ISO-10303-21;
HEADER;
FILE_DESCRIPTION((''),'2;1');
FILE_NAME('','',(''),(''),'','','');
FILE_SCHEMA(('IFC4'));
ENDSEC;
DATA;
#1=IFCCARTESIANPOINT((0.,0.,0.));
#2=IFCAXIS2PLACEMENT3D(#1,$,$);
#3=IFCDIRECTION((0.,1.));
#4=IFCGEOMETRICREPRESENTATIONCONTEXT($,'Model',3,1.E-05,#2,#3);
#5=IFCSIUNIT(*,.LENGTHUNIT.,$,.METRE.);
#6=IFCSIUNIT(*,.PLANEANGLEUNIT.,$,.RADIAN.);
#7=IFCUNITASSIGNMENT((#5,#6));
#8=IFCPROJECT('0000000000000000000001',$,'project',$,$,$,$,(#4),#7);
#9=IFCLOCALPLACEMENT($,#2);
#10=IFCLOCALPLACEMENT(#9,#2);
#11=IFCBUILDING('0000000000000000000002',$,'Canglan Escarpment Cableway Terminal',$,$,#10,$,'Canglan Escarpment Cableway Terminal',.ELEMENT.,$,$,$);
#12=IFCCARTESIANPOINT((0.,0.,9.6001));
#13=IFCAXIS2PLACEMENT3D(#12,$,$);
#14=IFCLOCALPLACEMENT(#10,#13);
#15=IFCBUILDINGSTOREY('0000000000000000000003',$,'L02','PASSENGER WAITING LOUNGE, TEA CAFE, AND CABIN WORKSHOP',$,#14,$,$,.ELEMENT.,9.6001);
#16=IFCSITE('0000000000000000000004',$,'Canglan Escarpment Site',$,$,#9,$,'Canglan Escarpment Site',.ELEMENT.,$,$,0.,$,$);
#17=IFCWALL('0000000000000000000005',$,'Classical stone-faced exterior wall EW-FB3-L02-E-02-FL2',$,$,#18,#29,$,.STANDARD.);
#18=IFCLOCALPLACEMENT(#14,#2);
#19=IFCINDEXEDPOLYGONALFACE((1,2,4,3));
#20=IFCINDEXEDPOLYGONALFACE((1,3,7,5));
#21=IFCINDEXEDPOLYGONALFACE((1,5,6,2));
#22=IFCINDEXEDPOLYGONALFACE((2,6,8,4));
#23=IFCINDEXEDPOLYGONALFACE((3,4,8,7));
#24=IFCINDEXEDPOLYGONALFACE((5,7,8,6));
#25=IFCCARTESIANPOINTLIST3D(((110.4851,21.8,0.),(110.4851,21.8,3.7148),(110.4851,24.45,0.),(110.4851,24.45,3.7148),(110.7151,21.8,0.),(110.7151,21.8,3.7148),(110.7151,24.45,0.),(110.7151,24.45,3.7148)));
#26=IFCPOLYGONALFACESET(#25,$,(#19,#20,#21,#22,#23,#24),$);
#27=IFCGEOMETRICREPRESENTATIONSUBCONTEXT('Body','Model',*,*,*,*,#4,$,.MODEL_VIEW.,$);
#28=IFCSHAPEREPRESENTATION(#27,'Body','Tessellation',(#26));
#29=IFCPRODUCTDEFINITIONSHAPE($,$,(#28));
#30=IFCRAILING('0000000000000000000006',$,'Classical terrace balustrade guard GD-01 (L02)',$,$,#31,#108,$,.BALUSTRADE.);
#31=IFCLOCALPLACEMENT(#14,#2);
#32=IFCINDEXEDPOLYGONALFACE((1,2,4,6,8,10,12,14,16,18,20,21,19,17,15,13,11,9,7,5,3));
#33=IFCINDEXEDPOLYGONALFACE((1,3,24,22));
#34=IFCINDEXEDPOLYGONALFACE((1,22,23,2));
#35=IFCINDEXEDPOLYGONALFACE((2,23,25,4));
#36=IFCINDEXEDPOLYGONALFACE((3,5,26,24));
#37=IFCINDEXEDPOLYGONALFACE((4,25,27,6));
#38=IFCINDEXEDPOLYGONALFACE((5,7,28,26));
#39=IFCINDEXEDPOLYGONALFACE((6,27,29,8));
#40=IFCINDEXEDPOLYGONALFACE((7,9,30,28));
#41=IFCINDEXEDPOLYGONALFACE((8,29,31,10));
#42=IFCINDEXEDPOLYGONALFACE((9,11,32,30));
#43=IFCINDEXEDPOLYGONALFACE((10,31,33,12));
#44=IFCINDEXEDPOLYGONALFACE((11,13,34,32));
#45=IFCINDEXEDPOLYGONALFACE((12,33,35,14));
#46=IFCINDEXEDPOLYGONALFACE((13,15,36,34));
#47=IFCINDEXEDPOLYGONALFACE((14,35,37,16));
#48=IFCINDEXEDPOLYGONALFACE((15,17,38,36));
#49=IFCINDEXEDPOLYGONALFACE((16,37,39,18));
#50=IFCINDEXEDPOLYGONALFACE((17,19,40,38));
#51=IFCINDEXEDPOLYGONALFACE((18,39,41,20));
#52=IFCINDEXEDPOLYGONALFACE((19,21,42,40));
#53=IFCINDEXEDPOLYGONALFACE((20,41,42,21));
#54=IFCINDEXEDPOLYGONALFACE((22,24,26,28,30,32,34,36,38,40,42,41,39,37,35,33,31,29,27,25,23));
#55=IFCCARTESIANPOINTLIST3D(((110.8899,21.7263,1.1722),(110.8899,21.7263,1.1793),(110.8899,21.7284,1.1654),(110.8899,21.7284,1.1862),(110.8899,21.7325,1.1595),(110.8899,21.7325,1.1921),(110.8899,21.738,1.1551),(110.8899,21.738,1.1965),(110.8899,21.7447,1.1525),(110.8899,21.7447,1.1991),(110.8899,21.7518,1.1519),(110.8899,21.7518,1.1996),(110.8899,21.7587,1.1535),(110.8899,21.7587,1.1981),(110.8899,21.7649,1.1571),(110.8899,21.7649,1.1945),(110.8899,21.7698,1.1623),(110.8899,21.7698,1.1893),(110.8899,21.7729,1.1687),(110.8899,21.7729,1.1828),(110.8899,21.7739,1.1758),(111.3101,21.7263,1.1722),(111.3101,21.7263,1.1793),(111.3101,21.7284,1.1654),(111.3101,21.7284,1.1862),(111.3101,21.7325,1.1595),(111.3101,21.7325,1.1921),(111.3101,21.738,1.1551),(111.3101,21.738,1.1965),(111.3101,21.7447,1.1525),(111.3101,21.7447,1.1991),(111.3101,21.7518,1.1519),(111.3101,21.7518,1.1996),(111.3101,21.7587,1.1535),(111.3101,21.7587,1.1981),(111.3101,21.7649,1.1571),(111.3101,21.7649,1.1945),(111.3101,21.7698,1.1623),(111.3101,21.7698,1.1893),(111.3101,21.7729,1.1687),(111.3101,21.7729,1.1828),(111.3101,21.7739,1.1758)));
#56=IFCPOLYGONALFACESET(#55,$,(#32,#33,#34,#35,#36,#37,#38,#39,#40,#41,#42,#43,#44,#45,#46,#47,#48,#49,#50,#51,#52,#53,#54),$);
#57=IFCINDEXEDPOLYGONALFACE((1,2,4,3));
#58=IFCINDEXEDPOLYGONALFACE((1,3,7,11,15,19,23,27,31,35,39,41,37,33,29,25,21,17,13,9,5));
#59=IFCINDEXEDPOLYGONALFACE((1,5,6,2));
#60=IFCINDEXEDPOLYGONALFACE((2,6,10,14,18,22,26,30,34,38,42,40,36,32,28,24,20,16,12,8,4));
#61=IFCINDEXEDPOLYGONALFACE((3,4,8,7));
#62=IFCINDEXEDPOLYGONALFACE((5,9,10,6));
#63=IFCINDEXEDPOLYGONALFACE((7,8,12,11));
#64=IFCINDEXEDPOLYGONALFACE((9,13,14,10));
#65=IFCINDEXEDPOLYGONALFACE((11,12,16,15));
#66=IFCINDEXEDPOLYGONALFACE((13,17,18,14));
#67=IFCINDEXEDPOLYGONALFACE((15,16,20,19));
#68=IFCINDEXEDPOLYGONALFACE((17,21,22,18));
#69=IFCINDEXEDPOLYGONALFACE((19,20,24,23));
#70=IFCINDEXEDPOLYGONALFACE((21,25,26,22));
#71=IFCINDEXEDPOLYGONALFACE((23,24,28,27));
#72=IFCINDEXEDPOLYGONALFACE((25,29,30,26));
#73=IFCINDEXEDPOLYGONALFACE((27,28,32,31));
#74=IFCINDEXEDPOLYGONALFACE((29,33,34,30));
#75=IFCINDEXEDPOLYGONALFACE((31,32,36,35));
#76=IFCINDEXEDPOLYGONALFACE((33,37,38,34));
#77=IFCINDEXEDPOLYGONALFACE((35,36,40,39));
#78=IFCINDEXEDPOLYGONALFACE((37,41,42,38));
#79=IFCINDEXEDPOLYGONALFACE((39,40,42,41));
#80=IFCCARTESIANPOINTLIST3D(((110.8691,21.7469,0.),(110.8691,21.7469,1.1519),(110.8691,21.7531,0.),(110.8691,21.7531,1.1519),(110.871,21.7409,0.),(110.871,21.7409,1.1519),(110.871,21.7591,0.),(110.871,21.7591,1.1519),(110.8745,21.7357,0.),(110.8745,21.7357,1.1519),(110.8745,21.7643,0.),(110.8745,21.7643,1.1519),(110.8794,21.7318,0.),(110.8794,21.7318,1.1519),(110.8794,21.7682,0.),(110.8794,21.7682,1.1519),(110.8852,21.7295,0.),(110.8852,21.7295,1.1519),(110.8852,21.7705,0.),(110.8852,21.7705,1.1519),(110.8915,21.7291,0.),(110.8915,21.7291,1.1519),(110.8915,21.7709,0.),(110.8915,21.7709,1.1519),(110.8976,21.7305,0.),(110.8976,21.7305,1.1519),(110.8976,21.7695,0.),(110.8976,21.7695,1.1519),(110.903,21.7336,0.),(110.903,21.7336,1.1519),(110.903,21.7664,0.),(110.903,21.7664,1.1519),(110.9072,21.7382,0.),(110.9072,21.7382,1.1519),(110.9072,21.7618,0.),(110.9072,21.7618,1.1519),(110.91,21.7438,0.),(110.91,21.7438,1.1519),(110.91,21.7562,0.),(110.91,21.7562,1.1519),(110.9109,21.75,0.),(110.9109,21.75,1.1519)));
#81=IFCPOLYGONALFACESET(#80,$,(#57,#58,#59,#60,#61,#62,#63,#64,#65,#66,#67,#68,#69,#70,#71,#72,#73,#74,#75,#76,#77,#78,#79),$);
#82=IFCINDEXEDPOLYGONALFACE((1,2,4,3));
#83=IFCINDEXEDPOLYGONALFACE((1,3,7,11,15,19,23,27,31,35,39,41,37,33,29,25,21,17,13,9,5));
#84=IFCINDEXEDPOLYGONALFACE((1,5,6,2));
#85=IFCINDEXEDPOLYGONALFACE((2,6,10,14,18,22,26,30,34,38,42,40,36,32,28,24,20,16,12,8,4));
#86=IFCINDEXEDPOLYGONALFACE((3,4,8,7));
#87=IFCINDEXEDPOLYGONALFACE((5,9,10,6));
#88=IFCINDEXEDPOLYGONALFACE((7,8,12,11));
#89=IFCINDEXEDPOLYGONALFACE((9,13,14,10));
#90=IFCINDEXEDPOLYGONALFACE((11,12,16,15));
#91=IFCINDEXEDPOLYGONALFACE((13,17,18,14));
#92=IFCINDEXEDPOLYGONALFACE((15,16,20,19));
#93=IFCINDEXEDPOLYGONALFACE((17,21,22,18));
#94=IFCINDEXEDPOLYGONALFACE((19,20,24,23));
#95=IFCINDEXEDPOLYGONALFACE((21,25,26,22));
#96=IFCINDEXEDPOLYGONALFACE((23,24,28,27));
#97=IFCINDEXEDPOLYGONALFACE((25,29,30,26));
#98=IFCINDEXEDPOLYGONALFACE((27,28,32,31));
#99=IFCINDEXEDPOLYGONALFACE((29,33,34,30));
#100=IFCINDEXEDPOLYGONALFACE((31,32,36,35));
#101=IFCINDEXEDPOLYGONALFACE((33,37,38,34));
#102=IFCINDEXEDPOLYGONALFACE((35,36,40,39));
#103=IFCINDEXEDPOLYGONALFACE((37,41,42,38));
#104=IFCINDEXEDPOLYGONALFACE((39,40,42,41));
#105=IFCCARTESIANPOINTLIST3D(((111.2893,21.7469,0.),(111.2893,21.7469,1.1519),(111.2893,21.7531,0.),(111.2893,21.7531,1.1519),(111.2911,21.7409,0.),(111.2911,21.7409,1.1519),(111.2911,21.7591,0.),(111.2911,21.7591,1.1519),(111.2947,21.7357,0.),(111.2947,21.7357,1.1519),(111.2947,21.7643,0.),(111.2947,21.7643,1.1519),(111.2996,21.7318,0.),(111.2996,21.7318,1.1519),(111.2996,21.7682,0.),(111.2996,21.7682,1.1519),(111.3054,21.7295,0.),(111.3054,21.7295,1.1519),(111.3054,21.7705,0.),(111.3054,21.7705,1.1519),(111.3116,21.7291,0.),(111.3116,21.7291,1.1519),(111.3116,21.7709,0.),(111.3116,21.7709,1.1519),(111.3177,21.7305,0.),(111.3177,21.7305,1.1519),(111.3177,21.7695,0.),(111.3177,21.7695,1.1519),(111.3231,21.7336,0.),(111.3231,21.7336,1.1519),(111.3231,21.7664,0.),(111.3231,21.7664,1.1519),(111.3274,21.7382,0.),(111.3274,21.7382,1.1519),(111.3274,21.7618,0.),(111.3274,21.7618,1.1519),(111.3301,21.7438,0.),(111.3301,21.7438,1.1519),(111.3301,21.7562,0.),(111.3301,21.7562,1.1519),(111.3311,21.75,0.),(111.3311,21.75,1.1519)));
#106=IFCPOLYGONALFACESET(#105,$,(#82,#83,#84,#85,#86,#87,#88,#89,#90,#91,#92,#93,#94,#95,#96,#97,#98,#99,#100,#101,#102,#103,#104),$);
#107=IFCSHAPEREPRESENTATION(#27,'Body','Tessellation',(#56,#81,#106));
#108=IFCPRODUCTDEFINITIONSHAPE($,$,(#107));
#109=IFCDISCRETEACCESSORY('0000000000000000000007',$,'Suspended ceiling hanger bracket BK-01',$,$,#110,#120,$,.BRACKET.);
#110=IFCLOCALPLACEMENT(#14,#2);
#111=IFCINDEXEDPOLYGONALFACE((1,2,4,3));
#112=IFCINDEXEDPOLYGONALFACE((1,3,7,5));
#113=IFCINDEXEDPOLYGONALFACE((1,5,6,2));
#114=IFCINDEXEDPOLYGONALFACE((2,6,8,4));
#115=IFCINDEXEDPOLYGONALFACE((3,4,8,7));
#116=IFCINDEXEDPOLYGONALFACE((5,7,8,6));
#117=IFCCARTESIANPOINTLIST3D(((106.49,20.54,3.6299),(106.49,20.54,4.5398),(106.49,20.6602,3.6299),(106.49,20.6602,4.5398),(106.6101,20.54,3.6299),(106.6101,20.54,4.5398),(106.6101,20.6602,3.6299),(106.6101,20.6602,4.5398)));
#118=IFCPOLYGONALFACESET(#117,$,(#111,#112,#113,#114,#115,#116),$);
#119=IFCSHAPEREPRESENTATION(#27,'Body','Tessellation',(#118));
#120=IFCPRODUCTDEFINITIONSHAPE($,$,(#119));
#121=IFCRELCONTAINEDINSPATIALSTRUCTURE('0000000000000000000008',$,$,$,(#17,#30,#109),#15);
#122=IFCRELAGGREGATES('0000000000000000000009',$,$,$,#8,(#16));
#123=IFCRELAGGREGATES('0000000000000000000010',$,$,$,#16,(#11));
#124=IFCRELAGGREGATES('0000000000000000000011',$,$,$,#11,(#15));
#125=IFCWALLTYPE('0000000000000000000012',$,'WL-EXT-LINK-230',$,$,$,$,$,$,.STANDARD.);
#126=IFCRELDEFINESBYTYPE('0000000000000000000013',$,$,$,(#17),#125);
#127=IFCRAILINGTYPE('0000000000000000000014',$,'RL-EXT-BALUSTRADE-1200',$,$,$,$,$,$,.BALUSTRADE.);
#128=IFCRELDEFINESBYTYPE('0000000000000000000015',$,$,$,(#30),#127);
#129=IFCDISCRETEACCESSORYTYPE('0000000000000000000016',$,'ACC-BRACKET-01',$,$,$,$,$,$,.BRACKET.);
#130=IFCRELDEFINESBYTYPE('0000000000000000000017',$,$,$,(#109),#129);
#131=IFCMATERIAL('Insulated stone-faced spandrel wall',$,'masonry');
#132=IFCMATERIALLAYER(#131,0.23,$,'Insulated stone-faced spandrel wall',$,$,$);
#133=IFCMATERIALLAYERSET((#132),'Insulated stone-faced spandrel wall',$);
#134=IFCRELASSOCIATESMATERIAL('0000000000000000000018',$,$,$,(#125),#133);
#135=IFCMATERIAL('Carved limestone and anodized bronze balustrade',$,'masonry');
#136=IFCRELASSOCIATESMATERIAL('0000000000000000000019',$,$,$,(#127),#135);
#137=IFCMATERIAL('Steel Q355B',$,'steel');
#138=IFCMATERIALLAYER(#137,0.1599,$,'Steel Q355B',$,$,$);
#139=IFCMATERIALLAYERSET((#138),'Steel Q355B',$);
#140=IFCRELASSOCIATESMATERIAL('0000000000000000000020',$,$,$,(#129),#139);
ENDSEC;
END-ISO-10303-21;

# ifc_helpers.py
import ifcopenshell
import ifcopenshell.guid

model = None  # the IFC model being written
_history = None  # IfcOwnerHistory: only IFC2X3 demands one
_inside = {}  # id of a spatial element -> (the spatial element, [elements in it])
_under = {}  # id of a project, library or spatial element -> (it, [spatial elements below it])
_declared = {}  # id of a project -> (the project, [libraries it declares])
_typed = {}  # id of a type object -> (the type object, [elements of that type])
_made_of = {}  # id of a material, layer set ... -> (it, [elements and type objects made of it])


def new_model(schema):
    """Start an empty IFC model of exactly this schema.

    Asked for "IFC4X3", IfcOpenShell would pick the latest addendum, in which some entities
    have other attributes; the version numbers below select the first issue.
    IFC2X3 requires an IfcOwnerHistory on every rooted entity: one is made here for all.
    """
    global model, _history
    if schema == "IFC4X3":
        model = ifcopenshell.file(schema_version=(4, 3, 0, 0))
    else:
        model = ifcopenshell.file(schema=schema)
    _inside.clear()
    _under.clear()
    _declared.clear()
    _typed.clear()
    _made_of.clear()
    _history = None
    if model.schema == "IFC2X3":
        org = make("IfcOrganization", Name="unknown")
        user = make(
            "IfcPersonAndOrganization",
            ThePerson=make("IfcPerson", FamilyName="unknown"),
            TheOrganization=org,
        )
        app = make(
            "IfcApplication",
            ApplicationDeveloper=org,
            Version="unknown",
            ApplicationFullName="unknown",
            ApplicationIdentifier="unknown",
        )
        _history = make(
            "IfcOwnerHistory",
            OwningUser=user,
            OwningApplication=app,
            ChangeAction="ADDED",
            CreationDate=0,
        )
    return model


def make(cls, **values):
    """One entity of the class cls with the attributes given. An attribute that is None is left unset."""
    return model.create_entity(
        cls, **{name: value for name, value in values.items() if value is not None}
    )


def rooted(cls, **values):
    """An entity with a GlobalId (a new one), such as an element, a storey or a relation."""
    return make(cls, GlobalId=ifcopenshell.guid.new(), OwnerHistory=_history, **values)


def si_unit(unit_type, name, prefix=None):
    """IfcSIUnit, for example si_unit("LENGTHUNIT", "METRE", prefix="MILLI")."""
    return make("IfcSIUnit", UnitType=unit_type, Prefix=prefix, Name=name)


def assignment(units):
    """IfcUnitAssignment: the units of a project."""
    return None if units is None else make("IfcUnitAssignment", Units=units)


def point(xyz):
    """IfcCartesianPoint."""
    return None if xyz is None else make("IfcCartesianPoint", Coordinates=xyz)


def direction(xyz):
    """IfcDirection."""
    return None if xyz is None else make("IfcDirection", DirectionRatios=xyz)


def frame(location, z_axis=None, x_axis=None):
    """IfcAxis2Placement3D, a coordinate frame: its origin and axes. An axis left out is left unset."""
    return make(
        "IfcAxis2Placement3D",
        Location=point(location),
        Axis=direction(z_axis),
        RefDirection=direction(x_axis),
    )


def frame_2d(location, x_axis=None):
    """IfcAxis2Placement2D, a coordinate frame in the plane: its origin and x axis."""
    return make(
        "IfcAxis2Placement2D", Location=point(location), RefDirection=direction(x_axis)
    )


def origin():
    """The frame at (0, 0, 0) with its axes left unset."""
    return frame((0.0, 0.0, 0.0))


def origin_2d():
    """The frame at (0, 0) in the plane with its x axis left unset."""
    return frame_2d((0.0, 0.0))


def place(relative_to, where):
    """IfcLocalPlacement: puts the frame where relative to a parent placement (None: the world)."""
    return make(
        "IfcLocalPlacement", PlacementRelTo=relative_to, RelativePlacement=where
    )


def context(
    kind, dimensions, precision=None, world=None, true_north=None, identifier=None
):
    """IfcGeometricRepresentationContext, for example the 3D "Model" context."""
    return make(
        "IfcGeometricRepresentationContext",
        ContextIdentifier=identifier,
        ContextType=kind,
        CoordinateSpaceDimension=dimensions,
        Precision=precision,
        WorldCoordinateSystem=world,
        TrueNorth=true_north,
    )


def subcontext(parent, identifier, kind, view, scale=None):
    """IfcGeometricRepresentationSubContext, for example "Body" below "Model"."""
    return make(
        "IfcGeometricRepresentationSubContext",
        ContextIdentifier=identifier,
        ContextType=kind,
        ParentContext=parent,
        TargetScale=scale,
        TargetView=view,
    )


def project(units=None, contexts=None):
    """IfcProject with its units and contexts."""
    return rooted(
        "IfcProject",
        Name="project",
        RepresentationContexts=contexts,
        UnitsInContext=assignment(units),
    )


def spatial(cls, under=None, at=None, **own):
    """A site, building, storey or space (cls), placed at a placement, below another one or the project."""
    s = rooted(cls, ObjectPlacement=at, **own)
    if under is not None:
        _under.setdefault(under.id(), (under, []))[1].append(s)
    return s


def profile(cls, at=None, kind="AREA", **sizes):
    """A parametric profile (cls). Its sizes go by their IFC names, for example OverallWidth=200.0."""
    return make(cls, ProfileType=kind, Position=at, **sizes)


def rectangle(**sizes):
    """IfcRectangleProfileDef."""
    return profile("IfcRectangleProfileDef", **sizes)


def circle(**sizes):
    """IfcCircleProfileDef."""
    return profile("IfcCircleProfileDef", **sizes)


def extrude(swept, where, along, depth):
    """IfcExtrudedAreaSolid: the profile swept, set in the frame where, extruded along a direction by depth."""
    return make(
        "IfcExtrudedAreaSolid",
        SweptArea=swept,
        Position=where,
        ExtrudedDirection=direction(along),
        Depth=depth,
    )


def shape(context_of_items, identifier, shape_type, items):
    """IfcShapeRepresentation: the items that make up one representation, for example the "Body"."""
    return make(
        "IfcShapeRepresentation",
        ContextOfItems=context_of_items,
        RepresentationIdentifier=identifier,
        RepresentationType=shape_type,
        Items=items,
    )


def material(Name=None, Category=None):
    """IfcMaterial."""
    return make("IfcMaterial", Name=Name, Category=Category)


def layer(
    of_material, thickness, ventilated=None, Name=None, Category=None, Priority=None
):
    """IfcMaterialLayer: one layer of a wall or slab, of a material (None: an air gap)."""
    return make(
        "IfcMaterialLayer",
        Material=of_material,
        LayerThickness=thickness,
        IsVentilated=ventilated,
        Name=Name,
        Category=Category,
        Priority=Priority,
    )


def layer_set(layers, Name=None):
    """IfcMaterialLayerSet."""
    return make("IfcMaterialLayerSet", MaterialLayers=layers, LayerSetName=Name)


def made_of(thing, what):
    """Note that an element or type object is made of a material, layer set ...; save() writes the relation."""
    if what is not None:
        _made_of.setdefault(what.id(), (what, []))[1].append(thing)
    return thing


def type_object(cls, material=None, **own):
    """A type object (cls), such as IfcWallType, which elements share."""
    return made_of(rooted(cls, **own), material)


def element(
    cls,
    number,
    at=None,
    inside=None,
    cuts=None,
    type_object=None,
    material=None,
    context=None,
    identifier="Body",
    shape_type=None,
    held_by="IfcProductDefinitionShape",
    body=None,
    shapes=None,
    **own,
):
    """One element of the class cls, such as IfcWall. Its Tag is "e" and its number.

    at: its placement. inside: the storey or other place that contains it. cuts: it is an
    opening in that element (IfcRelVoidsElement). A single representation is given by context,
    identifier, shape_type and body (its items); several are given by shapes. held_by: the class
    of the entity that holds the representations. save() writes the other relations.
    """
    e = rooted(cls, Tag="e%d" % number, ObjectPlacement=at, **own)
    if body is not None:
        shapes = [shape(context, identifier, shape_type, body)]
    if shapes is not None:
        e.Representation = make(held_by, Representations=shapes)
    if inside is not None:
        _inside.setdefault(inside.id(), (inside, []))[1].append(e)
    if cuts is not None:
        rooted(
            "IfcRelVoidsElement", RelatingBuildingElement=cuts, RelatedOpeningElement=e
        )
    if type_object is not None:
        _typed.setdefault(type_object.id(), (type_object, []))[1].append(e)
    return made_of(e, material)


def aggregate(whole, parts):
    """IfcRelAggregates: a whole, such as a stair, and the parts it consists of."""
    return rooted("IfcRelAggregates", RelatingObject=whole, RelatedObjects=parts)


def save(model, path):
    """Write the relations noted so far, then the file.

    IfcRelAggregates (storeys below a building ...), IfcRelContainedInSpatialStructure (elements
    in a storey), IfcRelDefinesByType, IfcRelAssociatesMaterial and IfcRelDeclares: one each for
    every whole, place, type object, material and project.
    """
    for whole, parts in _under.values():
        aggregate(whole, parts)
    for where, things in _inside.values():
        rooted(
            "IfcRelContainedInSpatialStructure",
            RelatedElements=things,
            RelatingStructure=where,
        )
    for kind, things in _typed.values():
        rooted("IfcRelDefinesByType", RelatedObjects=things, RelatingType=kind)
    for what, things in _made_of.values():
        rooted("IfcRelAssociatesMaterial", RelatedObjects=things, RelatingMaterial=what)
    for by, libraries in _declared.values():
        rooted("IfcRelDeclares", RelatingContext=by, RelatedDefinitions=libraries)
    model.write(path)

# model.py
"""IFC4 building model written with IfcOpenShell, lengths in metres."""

from ifc_helpers import new_model, si_unit, direction, frame, frame_2d, origin, origin_2d, place, context, subcontext, project, spatial, rectangle, circle, extrude, material, layer, layer_set, type_object, element, save


model = new_model("IFC4")

# Units and contexts
model_context = context("Model", 3, precision=1e-05, world=origin(), true_north=direction((0.0, 1.0)))
body_context = subcontext(model_context, "Body", "Model", "MODEL_VIEW")
ifc_project = project(units=[si_unit("LENGTHUNIT", "METRE"), si_unit("PLANEANGLEUNIT", "RADIAN")], contexts=[model_context])

# Site, building, storey
site_placement = place(None, origin())
site = spatial("IfcSite", under=ifc_project, at=site_placement, Name="Canglan Escarpment Site", LongName="Canglan Escarpment Site", CompositionType="ELEMENT", RefElevation=0.0)
building_placement = place(site_placement, origin())
building = spatial("IfcBuilding", under=site, at=building_placement, Name="Canglan Escarpment Cableway Terminal", LongName="Canglan Escarpment Cableway Terminal", CompositionType="ELEMENT")
storey_placement = place(building_placement, frame((0.0, 0.0, 9.6001)))
storey = spatial("IfcBuildingStorey", under=building, at=storey_placement, Name="L02", Description="PASSENGER WAITING LOUNGE, TEA CAFE, AND CABIN WORKSHOP", CompositionType="ELEMENT", Elevation=9.6001)

# Wall
ifc_material_1 = material(Name="Insulated stone-faced spandrel wall", Category="masonry")
ifc_layer_1 = layer(ifc_material_1, 0.23, Name="Insulated stone-faced spandrel wall")
ifc_layer_set_1 = layer_set([ifc_layer_1], Name="Insulated stone-faced spandrel wall")
wall_type = type_object("IfcWallType", Name="WL-EXT-LINK-230", PredefinedType="STANDARD", material=ifc_layer_set_1)
wall_placement = place(storey_placement, frame((110.6001, 21.8, 0.0), z_axis=(0.0, 0.0, 1.0), x_axis=(0.0, 1.0, 0.0)))
element("IfcWall", 1, at=wall_placement, inside=storey, type_object=wall_type, Name="Classical stone-faced exterior wall EW-FB3-L02-E-02-FL2", PredefinedType="STANDARD", context=body_context, shape_type="SweptSolid", body=[
    extrude(rectangle(XDim=2.6499, YDim=0.23, at=frame_2d((1.325, 0.0))), origin(), (0.0, 0.0, 1.0), 3.7148),
])

# Railing
ifc_material_2 = material(Name="Carved limestone and anodized bronze balustrade", Category="masonry")
railing_type = type_object("IfcRailingType", Name="RL-EXT-BALUSTRADE-1200", PredefinedType="BALUSTRADE", material=ifc_material_2)
railing_placement = place(storey_placement, frame((110.8899, 21.75, 0.0)))
element("IfcRailing", 2, at=railing_placement, inside=storey, type_object=railing_type, Name="Classical terrace balustrade guard GD-01 (L02)", PredefinedType="BALUSTRADE", context=body_context, shape_type="SweptSolid", body=[
    extrude(circle(Radius=0.0239, at=origin_2d()), frame((0.0, 0.0, 1.1758), z_axis=(1.0, 0.0, 0.0), x_axis=(0.0, 1.0, 0.0)), (0.0, 0.0, 1.0), 0.4202),
    extrude(circle(Radius=0.021, at=origin_2d()), origin(), (0.0, 0.0, 1.0), 1.1519),
    extrude(circle(Radius=0.021, at=origin_2d()), frame((0.4202, 0.0, 0.0)), (0.0, 0.0, 1.0), 1.1519),
])

# Discrete accessory
ifc_material_3 = material(Name="Steel Q355B", Category="steel")
ifc_layer_2 = layer(ifc_material_3, 0.1599, Name="Steel Q355B")
ifc_layer_set_2 = layer_set([ifc_layer_2], Name="Steel Q355B")
discrete_accessory_type = type_object("IfcDiscreteAccessoryType", Name="ACC-BRACKET-01", PredefinedType="BRACKET", material=ifc_layer_set_2)
discrete_accessory_placement = place(storey_placement, frame((106.55, 20.6001, 3.6299), z_axis=(0.0, 0.0, 1.0), x_axis=(1.0, 0.0, 0.0)))
element("IfcDiscreteAccessory", 3, at=discrete_accessory_placement, inside=storey, type_object=discrete_accessory_type, Name="Suspended ceiling hanger bracket BK-01", PredefinedType="BRACKET", context=body_context, shape_type="SweptSolid", body=[
    extrude(rectangle(XDim=0.1201, YDim=0.1201, at=origin_2d()), origin(), (0.0, 0.0, 1.0), 0.9099),
])

save(model, "model.ifc")
